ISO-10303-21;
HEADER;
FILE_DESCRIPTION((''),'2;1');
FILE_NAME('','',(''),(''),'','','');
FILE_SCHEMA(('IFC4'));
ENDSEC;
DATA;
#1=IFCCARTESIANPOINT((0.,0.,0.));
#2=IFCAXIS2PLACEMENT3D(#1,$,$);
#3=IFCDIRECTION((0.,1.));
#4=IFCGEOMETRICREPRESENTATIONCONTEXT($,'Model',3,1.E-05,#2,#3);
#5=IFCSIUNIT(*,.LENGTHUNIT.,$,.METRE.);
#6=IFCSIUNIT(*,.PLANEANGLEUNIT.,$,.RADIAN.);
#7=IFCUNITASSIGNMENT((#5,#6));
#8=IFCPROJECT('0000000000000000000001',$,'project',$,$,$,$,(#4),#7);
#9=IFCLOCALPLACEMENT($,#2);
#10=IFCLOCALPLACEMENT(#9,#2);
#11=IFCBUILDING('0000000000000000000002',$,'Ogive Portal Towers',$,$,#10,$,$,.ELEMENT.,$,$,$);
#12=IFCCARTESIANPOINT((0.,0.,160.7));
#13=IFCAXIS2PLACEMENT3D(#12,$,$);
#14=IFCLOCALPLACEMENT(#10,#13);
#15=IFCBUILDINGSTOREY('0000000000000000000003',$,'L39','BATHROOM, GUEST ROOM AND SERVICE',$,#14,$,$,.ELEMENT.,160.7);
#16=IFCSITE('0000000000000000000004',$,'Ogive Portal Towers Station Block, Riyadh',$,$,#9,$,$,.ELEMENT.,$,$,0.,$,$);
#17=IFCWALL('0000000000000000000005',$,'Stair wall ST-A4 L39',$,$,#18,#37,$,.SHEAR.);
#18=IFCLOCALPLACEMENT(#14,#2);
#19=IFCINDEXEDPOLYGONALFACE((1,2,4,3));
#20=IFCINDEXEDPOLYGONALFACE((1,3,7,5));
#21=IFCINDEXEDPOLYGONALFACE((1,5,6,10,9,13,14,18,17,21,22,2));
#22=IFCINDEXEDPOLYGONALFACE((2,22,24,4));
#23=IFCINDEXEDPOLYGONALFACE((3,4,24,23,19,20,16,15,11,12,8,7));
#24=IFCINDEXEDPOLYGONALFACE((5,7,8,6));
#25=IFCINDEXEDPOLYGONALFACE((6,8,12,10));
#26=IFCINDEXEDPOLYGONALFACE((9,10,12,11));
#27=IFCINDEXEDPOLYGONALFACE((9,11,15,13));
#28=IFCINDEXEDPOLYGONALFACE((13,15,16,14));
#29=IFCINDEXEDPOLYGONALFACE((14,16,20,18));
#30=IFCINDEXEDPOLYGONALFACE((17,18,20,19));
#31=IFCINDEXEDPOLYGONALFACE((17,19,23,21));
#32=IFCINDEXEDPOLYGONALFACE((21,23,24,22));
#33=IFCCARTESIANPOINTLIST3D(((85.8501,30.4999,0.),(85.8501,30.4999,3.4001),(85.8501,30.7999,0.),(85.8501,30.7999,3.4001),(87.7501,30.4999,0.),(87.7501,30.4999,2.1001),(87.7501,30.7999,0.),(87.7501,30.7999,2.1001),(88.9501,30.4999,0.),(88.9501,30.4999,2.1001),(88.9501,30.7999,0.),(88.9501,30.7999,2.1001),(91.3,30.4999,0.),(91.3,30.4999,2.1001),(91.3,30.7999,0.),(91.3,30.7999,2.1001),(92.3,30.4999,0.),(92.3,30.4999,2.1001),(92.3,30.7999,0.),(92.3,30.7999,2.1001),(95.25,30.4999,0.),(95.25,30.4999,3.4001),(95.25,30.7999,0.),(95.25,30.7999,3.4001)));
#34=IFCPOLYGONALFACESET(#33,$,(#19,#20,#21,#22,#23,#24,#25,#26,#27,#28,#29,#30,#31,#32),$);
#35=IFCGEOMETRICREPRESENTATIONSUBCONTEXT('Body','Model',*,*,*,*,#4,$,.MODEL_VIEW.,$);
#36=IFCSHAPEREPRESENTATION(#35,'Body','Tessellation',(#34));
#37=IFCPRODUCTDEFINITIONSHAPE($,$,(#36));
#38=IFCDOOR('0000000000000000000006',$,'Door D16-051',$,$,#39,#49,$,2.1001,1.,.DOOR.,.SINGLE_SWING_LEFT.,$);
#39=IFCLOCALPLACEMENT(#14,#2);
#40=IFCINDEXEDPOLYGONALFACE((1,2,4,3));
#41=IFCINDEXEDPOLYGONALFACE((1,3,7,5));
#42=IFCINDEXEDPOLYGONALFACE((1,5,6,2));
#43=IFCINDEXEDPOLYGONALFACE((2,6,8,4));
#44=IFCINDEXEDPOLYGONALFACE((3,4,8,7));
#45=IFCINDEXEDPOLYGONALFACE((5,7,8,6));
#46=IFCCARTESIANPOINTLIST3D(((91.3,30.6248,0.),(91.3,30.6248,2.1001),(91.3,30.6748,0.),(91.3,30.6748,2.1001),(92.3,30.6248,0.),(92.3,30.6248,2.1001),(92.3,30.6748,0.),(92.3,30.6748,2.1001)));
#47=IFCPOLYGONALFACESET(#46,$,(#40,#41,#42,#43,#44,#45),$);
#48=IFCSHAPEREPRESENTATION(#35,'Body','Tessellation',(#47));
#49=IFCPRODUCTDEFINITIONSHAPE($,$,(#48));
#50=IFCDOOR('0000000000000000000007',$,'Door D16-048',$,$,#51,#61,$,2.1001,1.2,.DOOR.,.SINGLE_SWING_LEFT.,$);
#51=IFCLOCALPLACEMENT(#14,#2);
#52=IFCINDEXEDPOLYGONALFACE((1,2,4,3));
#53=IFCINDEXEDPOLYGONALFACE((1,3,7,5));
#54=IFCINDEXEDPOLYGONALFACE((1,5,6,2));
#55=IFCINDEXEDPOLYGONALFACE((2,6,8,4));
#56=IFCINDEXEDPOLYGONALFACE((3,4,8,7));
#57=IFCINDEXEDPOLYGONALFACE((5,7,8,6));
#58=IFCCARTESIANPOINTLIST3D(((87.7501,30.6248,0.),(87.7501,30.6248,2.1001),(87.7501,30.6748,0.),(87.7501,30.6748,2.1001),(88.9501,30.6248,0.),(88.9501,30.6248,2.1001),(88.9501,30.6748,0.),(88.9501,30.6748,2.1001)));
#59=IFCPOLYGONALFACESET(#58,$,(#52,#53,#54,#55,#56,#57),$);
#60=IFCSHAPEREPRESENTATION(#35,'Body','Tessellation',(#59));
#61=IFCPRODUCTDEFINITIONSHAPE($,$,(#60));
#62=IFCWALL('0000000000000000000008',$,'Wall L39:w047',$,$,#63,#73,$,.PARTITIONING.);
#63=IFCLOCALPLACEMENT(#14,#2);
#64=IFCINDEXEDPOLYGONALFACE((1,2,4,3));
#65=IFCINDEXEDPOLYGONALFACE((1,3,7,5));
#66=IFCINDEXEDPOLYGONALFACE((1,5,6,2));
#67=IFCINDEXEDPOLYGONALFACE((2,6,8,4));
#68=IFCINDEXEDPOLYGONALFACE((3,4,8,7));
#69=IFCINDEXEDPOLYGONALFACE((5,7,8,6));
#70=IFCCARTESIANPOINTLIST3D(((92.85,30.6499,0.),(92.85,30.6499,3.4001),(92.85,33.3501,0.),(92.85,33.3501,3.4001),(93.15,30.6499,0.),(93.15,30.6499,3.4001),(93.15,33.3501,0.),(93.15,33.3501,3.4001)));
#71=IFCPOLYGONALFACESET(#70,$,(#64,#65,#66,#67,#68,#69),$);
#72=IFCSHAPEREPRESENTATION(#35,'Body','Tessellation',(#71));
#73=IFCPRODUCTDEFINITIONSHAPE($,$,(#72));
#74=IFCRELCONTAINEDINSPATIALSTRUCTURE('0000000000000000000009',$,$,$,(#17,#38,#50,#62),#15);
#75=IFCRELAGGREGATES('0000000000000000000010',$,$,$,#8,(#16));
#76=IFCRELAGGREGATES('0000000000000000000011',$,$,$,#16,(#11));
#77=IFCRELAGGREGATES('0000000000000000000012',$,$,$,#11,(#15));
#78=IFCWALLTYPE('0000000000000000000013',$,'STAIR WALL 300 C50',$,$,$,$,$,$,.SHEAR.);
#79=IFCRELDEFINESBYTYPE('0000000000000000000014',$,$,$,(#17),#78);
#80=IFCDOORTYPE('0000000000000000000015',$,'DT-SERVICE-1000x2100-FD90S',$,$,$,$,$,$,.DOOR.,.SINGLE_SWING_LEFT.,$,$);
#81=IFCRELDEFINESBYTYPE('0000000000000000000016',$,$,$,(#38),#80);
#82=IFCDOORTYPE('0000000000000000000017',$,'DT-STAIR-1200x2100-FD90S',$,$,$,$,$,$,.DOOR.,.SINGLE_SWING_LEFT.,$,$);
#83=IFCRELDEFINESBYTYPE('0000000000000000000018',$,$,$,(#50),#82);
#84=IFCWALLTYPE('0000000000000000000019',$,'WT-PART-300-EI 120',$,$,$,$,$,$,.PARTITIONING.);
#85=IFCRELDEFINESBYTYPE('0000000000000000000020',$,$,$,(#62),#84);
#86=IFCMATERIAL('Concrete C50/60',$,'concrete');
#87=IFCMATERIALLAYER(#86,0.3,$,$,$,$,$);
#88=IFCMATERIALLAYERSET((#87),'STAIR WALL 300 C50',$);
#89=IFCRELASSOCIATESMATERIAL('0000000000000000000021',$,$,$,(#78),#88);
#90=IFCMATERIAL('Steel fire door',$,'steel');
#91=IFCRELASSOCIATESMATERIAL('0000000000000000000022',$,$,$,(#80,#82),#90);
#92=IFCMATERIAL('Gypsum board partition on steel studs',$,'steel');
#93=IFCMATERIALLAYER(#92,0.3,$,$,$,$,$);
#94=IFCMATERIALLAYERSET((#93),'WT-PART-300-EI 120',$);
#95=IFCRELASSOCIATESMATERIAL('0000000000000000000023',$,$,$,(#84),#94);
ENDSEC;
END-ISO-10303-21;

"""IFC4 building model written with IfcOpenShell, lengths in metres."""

from ifc_helpers import new_model, si_unit, direction, frame, frame_2d, origin, place, context, subcontext, project, spatial, rectangle, extrude, material, layer, layer_set, type_object, element, fill, save


model = new_model("IFC4")

# Units and contexts
model_context = context("Model", 3, precision=1e-05, world=origin(), true_north=direction((0.0, 1.0)))
body_context = subcontext(model_context, "Body", "Model", "MODEL_VIEW")
ifc_project = project(units=[si_unit("LENGTHUNIT", "METRE"), si_unit("PLANEANGLEUNIT", "RADIAN")], contexts=[model_context])

# Site, building, storey
site_placement = place(None, origin())
site = spatial("IfcSite", under=ifc_project, at=site_placement, Name="Ogive Portal Towers Station Block, Riyadh", CompositionType="ELEMENT", RefElevation=0.0)
building_placement = place(site_placement, origin())
building = spatial("IfcBuilding", under=site, at=building_placement, Name="Ogive Portal Towers", CompositionType="ELEMENT")
storey_placement = place(building_placement, frame((0.0, 0.0, 160.7)))
storey = spatial("IfcBuildingStorey", under=building, at=storey_placement, Name="L39", Description="BATHROOM, GUEST ROOM AND SERVICE", CompositionType="ELEMENT", Elevation=160.7)

# Wall, openings, doors
ifc_material_1 = material(Name="Concrete C50/60", Category="concrete")
ifc_layer_1 = layer(ifc_material_1, 0.3)
ifc_layer_set_1 = layer_set([ifc_layer_1], Name="STAIR WALL 300 C50")
wall_type_1 = type_object("IfcWallType", Name="STAIR WALL 300 C50", PredefinedType="SHEAR", material=ifc_layer_set_1)
wall_1_placement = place(storey_placement, frame((85.8501, 30.6499, 0.0), z_axis=(0.0, 0.0, 1.0), x_axis=(1.0, 0.0, 0.0)))
wall_1 = element("IfcWall", 1, at=wall_1_placement, inside=storey, type_object=wall_type_1, Name="Stair wall ST-A4 L39", PredefinedType="SHEAR", context=body_context, shape_type="SweptSolid", body=[
    extrude(rectangle(XDim=9.3999, YDim=0.3, at=frame_2d((4.7, 0.0))), origin(), (0.0, 0.0, 1.0), 3.4001),
])
opening_1_placement = place(wall_1_placement, frame((1.8999, 0.0, 0.0)))
opening_1 = element("IfcOpeningElement", 2, at=opening_1_placement, cuts=wall_1, PredefinedType="OPENING", context=body_context, shape_type="SweptSolid", body=[
    extrude(rectangle(XDim=1.2, YDim=2.1001, at=frame_2d((0.6001, 1.05))), frame((0.0, 0.1602, 0.0), z_axis=(0.0, -1.0, 0.0), x_axis=(1.0, 0.0, 0.0)), (0.0, 0.0, 1.0), 0.3201),
])
opening_2_placement = place(wall_1_placement, frame((5.45, 0.0, 0.0)))
opening_2 = element("IfcOpeningElement", 3, at=opening_2_placement, cuts=wall_1, PredefinedType="OPENING", context=body_context, shape_type="SweptSolid", body=[
    extrude(rectangle(XDim=1.0, YDim=2.1001, at=frame_2d((0.5, 1.05))), frame((0.0, 0.1602, 0.0), z_axis=(0.0, -1.0, 0.0), x_axis=(1.0, 0.0, 0.0)), (0.0, 0.0, 1.0), 0.3201),
])
ifc_material_2 = material(Name="Steel fire door", Category="steel")
door_type_1 = type_object("IfcDoorType", Name="DT-SERVICE-1000x2100-FD90S", OperationType="SINGLE_SWING_LEFT", PredefinedType="DOOR", material=ifc_material_2)
door_1_placement = place(opening_2_placement, origin())
door_1 = element("IfcDoor", 4, at=door_1_placement, inside=storey, type_object=door_type_1, Name="Door D16-051", OperationType="SINGLE_SWING_LEFT", OverallHeight=2.1001, OverallWidth=1.0, PredefinedType="DOOR", context=body_context, shape_type="SweptSolid", body=[
    extrude(rectangle(XDim=1.0, YDim=2.1001, at=frame_2d((0.5, 1.05))), frame((0.0, 0.0249, 0.0), z_axis=(0.0, -1.0, 0.0), x_axis=(1.0, 0.0, 0.0)), (0.0, 0.0, 1.0), 0.05),
])
fill(opening_2, door_1)
door_type_2 = type_object("IfcDoorType", Name="DT-STAIR-1200x2100-FD90S", OperationType="SINGLE_SWING_LEFT", PredefinedType="DOOR", material=ifc_material_2)
door_2_placement = place(opening_1_placement, origin())
door_2 = element("IfcDoor", 5, at=door_2_placement, inside=storey, type_object=door_type_2, Name="Door D16-048", OperationType="SINGLE_SWING_LEFT", OverallHeight=2.1001, OverallWidth=1.2, PredefinedType="DOOR", context=body_context, shape_type="SweptSolid", body=[
    extrude(rectangle(XDim=1.2, YDim=2.1001, at=frame_2d((0.6001, 1.05))), frame((0.0, 0.0249, 0.0), z_axis=(0.0, -1.0, 0.0), x_axis=(1.0, 0.0, 0.0)), (0.0, 0.0, 1.0), 0.05),
])
fill(opening_1, door_2)

# Wall
ifc_material_3 = material(Name="Gypsum board partition on steel studs", Category="steel")
ifc_layer_2 = layer(ifc_material_3, 0.3)
ifc_layer_set_2 = layer_set([ifc_layer_2], Name="WT-PART-300-EI 120")
wall_type_2 = type_object("IfcWallType", Name="WT-PART-300-EI 120", PredefinedType="PARTITIONING", material=ifc_layer_set_2)
wall_2_placement = place(storey_placement, frame((93.0, 30.6499, 0.0), z_axis=(0.0, 0.0, 1.0), x_axis=(0.0, 1.0, 0.0)))
element("IfcWall", 6, at=wall_2_placement, inside=storey, type_object=wall_type_2, Name="Wall L39:w047", PredefinedType="PARTITIONING", context=body_context, shape_type="SweptSolid", body=[
    extrude(rectangle(XDim=2.7002, YDim=0.3, at=frame_2d((1.3501, 0.0))), origin(), (0.0, 0.0, 1.0), 3.4001),
])

save(model, "model.ifc")
